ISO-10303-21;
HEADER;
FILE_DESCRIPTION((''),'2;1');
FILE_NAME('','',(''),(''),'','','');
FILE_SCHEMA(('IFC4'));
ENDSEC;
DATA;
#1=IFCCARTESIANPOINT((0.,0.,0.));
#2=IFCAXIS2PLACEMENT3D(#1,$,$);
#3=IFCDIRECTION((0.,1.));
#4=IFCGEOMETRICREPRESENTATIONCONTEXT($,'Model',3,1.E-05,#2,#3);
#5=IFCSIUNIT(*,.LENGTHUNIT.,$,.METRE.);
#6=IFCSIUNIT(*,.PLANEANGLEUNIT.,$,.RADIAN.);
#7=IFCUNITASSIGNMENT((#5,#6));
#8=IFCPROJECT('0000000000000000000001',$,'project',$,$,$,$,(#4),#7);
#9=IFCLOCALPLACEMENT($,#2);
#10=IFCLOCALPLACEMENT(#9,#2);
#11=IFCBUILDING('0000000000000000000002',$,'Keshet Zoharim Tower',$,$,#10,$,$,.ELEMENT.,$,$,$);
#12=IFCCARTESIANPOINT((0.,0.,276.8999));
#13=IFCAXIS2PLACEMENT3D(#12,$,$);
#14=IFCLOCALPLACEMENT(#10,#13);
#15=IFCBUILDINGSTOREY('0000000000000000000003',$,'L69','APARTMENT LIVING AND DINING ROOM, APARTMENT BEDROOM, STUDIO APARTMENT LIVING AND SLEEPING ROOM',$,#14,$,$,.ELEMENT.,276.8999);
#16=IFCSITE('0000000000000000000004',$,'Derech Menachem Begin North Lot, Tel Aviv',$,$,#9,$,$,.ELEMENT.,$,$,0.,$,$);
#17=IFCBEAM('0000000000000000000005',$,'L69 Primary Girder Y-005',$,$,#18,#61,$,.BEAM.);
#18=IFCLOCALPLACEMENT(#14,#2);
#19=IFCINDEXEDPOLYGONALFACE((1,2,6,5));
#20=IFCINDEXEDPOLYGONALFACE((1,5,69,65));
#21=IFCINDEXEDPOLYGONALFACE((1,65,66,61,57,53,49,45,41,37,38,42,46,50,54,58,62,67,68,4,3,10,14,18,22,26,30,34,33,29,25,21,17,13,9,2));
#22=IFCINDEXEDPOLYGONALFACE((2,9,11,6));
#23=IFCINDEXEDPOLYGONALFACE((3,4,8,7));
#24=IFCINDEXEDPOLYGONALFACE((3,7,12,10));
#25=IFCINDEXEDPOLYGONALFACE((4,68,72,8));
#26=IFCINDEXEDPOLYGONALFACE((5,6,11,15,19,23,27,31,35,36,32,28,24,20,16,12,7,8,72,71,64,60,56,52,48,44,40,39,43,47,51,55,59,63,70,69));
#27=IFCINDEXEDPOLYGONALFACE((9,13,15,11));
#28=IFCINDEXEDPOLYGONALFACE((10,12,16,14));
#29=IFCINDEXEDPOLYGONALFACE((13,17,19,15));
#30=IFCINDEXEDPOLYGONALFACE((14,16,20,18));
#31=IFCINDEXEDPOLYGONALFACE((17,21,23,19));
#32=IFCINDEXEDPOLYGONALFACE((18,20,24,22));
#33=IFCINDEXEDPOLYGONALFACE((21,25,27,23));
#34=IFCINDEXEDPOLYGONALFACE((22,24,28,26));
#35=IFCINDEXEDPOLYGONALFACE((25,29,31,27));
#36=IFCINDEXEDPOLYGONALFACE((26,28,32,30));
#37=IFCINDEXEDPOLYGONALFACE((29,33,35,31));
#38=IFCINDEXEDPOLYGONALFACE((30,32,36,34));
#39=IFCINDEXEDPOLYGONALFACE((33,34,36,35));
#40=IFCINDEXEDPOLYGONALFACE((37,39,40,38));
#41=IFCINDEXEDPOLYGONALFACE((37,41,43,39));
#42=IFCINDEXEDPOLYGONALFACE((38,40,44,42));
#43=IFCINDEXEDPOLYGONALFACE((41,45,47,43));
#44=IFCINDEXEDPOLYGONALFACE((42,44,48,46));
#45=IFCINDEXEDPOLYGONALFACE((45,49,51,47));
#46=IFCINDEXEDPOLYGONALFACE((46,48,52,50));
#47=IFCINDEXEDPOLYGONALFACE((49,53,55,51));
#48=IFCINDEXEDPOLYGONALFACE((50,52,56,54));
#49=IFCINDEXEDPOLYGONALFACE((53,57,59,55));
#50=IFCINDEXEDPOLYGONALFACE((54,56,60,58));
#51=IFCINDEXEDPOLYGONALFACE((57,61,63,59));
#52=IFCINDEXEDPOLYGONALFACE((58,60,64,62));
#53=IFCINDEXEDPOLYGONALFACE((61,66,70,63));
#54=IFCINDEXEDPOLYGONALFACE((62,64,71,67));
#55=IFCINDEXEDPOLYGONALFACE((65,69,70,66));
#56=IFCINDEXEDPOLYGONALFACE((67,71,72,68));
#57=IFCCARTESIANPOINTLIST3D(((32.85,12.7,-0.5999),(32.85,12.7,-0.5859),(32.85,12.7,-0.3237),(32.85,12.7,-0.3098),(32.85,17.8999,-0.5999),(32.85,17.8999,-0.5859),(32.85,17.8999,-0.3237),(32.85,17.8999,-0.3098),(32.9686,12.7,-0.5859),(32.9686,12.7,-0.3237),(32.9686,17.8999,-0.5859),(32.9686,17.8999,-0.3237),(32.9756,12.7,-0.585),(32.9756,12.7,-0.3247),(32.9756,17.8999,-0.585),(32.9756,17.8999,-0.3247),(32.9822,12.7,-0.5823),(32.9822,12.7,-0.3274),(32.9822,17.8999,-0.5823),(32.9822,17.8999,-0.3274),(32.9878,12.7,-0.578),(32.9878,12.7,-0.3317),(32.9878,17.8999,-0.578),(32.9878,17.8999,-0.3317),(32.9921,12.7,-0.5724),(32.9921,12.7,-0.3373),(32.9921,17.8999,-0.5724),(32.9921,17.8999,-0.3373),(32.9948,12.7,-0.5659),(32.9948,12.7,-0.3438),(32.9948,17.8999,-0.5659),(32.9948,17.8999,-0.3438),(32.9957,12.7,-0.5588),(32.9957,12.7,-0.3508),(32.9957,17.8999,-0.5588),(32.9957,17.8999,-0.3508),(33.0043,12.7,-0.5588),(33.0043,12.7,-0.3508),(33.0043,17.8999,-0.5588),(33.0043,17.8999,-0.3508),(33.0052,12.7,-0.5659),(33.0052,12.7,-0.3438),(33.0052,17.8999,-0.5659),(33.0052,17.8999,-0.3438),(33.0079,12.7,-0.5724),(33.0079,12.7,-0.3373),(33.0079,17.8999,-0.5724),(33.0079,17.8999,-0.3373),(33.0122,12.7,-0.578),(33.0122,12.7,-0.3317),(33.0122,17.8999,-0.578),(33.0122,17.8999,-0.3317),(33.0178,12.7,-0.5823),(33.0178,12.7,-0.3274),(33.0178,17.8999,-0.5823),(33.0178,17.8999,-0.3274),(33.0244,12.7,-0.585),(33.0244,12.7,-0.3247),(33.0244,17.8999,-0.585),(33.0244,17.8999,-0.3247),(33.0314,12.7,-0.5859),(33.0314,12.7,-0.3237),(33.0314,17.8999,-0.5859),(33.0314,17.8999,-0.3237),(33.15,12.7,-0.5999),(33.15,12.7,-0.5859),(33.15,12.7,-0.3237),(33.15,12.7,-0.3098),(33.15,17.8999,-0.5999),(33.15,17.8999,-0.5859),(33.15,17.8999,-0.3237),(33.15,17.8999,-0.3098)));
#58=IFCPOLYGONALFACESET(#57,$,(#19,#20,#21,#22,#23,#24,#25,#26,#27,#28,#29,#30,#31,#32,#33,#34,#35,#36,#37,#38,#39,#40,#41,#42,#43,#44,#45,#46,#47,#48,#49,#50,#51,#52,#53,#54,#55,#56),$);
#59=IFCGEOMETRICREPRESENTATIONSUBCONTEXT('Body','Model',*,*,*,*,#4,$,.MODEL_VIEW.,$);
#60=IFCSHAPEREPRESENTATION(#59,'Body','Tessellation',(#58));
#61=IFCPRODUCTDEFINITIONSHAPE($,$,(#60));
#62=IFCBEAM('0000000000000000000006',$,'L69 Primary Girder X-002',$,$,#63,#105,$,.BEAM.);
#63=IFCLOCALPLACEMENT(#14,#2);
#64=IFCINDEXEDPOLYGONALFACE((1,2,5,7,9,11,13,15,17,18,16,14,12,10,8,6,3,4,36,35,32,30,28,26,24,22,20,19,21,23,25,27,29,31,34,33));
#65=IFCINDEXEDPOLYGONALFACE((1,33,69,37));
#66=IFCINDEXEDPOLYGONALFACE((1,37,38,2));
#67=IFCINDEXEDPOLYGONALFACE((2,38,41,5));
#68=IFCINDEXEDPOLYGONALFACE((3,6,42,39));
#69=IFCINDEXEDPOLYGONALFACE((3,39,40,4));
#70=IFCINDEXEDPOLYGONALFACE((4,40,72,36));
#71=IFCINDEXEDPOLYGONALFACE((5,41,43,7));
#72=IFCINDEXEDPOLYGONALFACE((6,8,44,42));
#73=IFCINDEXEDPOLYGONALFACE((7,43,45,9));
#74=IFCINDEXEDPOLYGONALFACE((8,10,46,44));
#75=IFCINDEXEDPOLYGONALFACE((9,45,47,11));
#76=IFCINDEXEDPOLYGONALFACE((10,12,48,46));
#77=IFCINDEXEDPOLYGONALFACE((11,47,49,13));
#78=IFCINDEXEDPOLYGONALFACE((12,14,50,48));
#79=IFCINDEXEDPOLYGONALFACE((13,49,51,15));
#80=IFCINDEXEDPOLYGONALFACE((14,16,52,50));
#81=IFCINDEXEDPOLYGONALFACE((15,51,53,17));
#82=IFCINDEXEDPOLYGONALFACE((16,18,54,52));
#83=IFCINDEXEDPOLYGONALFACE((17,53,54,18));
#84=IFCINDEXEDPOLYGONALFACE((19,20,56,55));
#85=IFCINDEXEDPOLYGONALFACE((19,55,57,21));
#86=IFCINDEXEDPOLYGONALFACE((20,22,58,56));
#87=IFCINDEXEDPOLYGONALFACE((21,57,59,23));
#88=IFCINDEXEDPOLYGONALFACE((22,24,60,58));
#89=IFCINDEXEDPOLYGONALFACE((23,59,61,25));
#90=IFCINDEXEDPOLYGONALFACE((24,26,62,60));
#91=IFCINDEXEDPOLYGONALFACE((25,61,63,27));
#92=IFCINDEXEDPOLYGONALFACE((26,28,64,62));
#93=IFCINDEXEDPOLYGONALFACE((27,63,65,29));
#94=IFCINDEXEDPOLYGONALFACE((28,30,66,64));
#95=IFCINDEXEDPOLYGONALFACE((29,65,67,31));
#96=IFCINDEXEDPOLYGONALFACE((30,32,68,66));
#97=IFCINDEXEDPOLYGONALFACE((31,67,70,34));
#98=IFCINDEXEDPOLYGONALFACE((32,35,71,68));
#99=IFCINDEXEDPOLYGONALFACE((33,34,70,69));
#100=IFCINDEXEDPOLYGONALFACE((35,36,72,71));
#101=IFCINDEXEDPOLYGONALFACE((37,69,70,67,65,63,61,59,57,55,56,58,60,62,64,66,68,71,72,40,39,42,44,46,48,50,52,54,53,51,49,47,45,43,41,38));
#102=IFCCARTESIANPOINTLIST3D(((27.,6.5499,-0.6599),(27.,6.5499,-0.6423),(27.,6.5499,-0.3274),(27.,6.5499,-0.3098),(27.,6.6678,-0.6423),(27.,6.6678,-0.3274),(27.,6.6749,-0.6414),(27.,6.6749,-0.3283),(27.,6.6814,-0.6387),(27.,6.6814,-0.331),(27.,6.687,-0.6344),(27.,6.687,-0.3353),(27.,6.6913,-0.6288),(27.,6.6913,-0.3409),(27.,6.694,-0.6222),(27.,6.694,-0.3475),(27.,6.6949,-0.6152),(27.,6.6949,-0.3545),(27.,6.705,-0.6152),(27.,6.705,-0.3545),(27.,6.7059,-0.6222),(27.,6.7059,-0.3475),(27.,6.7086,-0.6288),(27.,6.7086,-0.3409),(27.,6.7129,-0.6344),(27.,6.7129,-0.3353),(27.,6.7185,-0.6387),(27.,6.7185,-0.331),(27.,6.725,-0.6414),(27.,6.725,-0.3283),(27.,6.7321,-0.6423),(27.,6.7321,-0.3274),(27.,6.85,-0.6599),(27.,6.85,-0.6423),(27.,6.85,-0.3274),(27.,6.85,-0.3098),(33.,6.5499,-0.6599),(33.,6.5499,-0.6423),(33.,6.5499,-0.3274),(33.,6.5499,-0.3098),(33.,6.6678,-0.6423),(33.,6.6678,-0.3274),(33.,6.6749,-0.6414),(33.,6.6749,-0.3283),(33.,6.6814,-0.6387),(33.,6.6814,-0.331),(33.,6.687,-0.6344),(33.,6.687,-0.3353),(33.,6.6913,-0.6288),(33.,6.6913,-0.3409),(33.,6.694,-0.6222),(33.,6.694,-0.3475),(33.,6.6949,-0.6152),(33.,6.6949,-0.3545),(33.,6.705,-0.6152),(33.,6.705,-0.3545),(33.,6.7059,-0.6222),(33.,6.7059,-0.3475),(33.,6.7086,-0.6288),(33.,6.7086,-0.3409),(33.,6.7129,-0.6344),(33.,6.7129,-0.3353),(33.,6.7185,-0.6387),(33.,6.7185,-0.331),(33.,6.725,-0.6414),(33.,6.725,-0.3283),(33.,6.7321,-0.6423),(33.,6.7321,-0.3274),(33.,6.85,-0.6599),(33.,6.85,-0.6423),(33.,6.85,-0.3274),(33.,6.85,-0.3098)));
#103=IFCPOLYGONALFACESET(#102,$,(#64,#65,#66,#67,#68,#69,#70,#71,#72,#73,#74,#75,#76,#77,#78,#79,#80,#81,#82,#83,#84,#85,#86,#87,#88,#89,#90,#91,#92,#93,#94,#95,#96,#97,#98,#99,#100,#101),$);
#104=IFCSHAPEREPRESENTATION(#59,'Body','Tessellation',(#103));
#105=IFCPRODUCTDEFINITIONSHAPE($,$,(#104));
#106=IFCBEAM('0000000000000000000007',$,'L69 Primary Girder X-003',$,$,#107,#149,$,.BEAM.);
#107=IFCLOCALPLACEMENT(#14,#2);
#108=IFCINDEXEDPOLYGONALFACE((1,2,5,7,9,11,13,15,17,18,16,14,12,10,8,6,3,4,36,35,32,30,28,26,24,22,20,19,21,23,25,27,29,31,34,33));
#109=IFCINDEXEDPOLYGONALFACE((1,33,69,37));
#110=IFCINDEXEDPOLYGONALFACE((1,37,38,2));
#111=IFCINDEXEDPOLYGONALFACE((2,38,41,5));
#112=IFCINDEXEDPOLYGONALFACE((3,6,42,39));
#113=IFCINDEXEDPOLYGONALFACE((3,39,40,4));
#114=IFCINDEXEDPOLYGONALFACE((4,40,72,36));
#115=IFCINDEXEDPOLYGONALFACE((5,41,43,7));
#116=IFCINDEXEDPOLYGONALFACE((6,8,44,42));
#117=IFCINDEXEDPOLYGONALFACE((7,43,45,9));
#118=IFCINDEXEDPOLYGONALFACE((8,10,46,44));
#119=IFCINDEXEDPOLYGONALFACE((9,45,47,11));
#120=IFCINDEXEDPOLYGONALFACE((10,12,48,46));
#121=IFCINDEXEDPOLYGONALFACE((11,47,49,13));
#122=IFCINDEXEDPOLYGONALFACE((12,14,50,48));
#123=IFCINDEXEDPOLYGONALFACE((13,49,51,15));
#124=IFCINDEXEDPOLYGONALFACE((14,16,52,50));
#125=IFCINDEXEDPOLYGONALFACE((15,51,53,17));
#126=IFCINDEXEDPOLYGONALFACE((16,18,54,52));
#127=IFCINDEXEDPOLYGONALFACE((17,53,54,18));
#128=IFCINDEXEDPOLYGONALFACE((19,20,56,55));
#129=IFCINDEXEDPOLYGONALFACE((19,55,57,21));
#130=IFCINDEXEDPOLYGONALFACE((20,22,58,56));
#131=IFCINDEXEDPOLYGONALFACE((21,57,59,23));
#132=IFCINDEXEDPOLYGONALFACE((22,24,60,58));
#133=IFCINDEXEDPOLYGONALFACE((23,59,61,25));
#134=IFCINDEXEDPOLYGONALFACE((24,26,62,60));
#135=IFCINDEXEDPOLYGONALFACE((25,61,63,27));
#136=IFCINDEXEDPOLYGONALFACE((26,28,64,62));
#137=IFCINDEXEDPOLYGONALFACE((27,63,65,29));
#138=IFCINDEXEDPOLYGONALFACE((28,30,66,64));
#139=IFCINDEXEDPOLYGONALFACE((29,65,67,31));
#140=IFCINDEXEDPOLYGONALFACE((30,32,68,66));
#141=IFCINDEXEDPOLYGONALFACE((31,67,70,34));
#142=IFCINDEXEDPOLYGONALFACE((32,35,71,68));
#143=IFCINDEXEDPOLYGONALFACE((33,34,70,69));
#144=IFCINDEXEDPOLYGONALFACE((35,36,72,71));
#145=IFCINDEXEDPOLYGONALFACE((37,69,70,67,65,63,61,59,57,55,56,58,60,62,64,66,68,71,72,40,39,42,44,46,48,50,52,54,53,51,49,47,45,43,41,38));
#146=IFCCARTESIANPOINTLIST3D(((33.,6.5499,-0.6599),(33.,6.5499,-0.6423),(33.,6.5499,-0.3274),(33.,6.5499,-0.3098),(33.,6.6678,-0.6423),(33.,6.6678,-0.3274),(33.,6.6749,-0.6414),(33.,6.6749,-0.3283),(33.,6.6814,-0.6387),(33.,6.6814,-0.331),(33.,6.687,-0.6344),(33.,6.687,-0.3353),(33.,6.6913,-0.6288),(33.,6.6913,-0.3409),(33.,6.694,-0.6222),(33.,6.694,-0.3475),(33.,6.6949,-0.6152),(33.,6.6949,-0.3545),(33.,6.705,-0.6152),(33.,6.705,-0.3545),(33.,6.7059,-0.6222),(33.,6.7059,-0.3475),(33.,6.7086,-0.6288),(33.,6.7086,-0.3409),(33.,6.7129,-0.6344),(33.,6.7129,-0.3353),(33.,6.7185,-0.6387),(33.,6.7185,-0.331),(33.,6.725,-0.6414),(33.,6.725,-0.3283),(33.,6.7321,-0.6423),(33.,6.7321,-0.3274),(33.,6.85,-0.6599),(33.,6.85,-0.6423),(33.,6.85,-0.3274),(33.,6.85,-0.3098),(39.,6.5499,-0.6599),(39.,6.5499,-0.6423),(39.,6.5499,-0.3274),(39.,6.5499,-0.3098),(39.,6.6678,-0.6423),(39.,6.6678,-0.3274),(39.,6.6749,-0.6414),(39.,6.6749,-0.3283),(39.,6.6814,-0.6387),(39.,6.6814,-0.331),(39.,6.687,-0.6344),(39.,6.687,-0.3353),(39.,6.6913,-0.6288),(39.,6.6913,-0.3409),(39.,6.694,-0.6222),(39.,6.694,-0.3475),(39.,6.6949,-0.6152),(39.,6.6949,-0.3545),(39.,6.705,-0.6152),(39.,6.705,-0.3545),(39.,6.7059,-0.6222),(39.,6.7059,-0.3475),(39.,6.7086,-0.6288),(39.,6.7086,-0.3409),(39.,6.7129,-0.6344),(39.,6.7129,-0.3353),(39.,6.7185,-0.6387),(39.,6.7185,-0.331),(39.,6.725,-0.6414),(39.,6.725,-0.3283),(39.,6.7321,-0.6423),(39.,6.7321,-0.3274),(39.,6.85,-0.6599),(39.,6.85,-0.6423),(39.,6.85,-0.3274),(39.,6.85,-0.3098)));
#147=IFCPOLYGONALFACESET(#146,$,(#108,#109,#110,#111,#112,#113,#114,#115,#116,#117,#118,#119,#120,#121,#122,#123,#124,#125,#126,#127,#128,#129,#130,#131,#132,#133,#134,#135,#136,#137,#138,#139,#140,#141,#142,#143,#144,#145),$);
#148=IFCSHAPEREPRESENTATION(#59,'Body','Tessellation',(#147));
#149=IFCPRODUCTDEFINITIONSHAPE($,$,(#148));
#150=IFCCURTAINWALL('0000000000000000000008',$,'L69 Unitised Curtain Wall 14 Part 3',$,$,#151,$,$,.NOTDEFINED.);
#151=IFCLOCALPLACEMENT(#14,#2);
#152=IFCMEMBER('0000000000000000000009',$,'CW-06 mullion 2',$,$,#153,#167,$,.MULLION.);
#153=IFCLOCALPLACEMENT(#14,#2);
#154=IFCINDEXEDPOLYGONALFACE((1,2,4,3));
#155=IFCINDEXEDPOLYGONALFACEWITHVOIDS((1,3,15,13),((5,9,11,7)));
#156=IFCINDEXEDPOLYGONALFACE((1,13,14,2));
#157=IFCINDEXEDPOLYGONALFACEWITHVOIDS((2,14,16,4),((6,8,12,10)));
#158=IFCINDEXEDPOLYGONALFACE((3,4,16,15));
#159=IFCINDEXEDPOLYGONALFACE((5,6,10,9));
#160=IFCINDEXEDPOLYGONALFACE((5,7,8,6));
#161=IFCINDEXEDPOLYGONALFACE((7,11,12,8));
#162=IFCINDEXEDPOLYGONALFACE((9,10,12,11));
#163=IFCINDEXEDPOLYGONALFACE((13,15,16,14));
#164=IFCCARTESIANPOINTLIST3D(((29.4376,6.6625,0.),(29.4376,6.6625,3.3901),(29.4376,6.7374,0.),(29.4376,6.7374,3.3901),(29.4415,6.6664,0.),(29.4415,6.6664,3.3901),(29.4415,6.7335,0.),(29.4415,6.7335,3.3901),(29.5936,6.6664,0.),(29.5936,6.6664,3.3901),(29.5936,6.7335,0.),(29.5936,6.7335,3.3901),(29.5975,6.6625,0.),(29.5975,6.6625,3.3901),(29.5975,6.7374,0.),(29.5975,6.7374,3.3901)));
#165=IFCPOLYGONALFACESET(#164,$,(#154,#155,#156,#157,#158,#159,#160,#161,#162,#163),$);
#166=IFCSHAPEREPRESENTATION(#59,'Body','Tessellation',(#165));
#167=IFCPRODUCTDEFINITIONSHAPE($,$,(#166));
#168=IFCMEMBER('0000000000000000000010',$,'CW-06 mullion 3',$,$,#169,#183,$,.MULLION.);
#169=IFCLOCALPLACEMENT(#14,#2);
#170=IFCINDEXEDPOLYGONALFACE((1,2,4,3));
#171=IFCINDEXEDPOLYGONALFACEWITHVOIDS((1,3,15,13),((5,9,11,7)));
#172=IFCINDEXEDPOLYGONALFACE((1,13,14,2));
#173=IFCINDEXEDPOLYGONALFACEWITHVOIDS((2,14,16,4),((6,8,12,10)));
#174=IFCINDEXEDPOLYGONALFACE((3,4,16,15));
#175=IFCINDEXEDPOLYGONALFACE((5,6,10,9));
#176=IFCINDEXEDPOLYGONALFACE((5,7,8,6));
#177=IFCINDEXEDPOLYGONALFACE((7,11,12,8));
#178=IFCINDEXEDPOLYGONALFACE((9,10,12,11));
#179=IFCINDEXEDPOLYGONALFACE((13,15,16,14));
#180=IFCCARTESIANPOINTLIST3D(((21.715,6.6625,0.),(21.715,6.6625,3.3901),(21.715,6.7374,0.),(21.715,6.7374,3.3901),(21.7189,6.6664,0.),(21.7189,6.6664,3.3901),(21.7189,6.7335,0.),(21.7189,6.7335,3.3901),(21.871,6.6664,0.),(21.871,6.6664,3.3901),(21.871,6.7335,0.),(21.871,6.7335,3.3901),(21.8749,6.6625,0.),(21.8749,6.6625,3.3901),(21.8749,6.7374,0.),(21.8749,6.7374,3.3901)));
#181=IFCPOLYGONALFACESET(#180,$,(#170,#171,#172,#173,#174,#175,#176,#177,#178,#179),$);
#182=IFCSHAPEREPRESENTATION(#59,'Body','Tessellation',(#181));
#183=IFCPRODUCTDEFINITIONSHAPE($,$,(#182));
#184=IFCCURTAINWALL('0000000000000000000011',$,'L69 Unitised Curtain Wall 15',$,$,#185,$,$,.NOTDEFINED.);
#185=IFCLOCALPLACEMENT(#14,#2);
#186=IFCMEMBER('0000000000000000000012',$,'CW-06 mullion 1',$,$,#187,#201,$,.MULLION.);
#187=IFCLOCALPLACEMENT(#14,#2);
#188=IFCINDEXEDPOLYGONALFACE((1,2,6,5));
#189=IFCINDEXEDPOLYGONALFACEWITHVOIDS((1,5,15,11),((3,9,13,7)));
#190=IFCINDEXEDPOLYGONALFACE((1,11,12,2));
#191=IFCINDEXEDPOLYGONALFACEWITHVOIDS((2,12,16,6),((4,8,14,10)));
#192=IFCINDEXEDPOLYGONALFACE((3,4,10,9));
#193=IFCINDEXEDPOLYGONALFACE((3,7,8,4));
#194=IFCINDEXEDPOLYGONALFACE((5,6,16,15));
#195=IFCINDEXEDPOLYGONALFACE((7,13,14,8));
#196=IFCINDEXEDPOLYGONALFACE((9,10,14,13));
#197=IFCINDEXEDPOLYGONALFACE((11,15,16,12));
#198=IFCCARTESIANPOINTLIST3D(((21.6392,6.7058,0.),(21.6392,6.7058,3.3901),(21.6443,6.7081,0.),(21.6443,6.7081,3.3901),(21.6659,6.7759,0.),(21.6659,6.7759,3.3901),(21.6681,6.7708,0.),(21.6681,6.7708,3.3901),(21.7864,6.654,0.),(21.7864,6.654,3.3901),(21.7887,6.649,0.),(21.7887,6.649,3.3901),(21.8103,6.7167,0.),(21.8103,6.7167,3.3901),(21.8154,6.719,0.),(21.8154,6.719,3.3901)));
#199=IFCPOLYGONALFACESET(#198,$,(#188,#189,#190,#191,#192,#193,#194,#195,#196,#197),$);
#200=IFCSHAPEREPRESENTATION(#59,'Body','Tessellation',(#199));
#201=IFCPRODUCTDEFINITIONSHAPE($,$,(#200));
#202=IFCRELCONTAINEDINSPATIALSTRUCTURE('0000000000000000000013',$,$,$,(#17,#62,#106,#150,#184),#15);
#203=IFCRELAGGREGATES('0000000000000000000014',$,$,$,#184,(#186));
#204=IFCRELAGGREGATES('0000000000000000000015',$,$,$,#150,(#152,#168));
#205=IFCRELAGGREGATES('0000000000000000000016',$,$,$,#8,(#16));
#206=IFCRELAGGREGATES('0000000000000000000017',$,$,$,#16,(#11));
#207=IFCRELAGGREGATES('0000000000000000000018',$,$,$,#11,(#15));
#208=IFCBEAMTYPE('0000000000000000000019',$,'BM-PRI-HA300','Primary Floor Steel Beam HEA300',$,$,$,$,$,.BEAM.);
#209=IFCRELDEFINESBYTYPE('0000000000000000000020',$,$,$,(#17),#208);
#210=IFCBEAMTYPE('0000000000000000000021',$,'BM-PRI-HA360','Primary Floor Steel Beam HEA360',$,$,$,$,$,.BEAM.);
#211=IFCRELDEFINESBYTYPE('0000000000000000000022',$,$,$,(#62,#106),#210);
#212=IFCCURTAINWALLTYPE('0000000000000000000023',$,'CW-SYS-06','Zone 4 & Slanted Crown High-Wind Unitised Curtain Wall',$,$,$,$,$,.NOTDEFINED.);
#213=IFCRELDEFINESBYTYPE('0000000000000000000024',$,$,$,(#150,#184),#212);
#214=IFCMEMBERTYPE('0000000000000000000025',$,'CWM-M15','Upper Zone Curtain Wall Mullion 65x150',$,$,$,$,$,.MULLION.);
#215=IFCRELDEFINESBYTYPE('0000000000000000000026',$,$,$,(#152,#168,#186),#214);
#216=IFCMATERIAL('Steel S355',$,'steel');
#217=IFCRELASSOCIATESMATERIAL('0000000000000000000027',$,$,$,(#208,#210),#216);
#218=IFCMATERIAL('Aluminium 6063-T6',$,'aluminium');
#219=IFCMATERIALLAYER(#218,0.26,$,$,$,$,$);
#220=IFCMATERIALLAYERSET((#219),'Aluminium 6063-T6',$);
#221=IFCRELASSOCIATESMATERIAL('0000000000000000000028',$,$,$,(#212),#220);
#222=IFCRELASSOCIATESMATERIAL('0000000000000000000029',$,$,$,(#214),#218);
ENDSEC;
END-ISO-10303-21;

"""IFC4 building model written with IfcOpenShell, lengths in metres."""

from ifc_helpers import new_model, si_unit, direction, frame, origin, origin_2d, place, context, subcontext, project, spatial, hollow_rectangle, i_section, extrude, material, layer, layer_set, material_profile, profile_set, type_object, element, aggregate, save


model = new_model("IFC4")

# Units and contexts
model_context = context("Model", 3, precision=1e-05, world=origin(), true_north=direction((0.0, 1.0)))
body_context = subcontext(model_context, "Body", "Model", "MODEL_VIEW")
ifc_project = project(units=[si_unit("LENGTHUNIT", "METRE"), si_unit("PLANEANGLEUNIT", "RADIAN")], contexts=[model_context])

# Site, building, storey
site_placement = place(None, origin())
site = spatial("IfcSite", under=ifc_project, at=site_placement, Name="Derech Menachem Begin North Lot, Tel Aviv", CompositionType="ELEMENT", RefElevation=0.0)
building_placement = place(site_placement, origin())
building = spatial("IfcBuilding", under=site, at=building_placement, Name="Keshet Zoharim Tower", CompositionType="ELEMENT")
storey_placement = place(building_placement, frame((0.0, 0.0, 276.8999)))
storey = spatial("IfcBuildingStorey", under=building, at=storey_placement, Name="L69", Description="APARTMENT LIVING AND DINING ROOM, APARTMENT BEDROOM, STUDIO APARTMENT LIVING AND SLEEPING ROOM", CompositionType="ELEMENT", Elevation=276.8999)

# Shared definitions
ifc_material_1 = material(Name="Steel S355", Category="steel")

# Beams
ifc_material_profile_1 = material_profile(ifc_material_1, i_section(OverallWidth=0.3, OverallDepth=0.29, WebThickness=0.0085, FlangeThickness=0.0139, FilletRadius=0.0271, at=origin_2d()), Name="HEA300")
ifc_profile_set_1 = profile_set([ifc_material_profile_1], Name="Steel S355")
beam_type_1 = type_object("IfcBeamType", Name="BM-PRI-HA300", Description="Primary Floor Steel Beam HEA300", PredefinedType="BEAM", material=ifc_profile_set_1)
beam_1_placement = place(storey_placement, frame((33.0, 12.7, -0.4548), z_axis=(0.0, 1.0, 0.0), x_axis=(-1.0, 0.0, 0.0)))
element("IfcBeam", 1, at=beam_1_placement, inside=storey, type_object=beam_type_1, Name="L69 Primary Girder Y-005", PredefinedType="BEAM", context=body_context, shape_type="SweptSolid", body=[
    extrude(i_section(OverallWidth=0.3, OverallDepth=0.29, WebThickness=0.0085, FlangeThickness=0.0139, FilletRadius=0.0271, at=origin_2d()), origin(), (0.0, 0.0, 1.0), 5.2),
])
ifc_material_profile_2 = material_profile(ifc_material_1, i_section(OverallWidth=0.3, OverallDepth=0.3501, WebThickness=0.01, FlangeThickness=0.0176, FilletRadius=0.0271, at=origin_2d()), Name="HEA360")
ifc_profile_set_2 = profile_set([ifc_material_profile_2], Name="Steel S355")
beam_type_2 = type_object("IfcBeamType", Name="BM-PRI-HA360", Description="Primary Floor Steel Beam HEA360", PredefinedType="BEAM", material=ifc_profile_set_2)
for number, where, z_axis, x_axis, name in (
    (2, (27.0, 6.7, -0.4849), (1.0, 0.0, 0.0), (0.0, 1.0, 0.0), "L69 Primary Girder X-002"),
    (3, (33.0, 6.7, -0.4849), (1.0, 0.0, 0.0), (0.0, 1.0, 0.0), "L69 Primary Girder X-003"),
):
    element("IfcBeam", number, at=place(storey_placement, frame(where, z_axis=z_axis, x_axis=x_axis)), inside=storey, type_object=beam_type_2, Name=name, PredefinedType="BEAM", context=body_context, shape_type="SweptSolid", body=[
        extrude(i_section(OverallWidth=0.3, OverallDepth=0.3501, WebThickness=0.01, FlangeThickness=0.0176, FilletRadius=0.0271, at=origin_2d()), origin(), (0.0, 0.0, 1.0), 6.0),
    ])

# Curtain wall, members
ifc_material_2 = material(Name="Aluminium 6063-T6", Category="aluminium")
ifc_layer_1 = layer(ifc_material_2, 0.26)
ifc_layer_set_1 = layer_set([ifc_layer_1], Name="Aluminium 6063-T6")
curtain_wall_type = type_object("IfcCurtainWallType", Name="CW-SYS-06", Description="Zone 4 & Slanted Crown High-Wind Unitised Curtain Wall", PredefinedType="NOTDEFINED", material=ifc_layer_set_1)
curtain_wall_1_placement = place(storey_placement, origin())
curtain_wall_1 = element("IfcCurtainWall", 4, at=curtain_wall_1_placement, inside=storey, type_object=curtain_wall_type, Name="L69 Unitised Curtain Wall 14 Part 3", PredefinedType="NOTDEFINED")
ifc_material_profile_3 = material_profile(ifc_material_2, hollow_rectangle(XDim=0.075, YDim=0.1599, WallThickness=0.0039, at=origin_2d()), Name="MUL-75x160")
ifc_profile_set_3 = profile_set([ifc_material_profile_3], Name="Aluminium 6063-T6")
member_type_1 = type_object("IfcMemberType", Name="CWM-M15", Description="Upper Zone Curtain Wall Mullion 65x150", PredefinedType="MULLION", material=ifc_profile_set_3)
member_1_placement = place(storey_placement, frame((29.5176, 6.7, 0.0), z_axis=(0.0, 0.0, 1.0), x_axis=(0.0, -1.0, 0.0)))
member_1 = element("IfcMember", 5, at=member_1_placement, type_object=member_type_1, Name="CW-06 mullion 2", PredefinedType="MULLION", context=body_context, shape_type="SweptSolid", body=[
    extrude(hollow_rectangle(XDim=0.075, YDim=0.1599, WallThickness=0.0039, at=origin_2d()), origin(), (0.0, 0.0, 1.0), 3.3901),
])
member_2_placement = place(storey_placement, frame((21.7949, 6.7, 0.0), z_axis=(0.0, 0.0, 1.0), x_axis=(0.0, -1.0, 0.0)))
member_2 = element("IfcMember", 6, at=member_2_placement, type_object=member_type_1, Name="CW-06 mullion 3", PredefinedType="MULLION", context=body_context, shape_type="SweptSolid", body=[
    extrude(hollow_rectangle(XDim=0.075, YDim=0.1599, WallThickness=0.0039, at=origin_2d()), origin(), (0.0, 0.0, 1.0), 3.3901),
])

# Curtain wall, member
curtain_wall_2_placement = place(storey_placement, origin())
curtain_wall_2 = element("IfcCurtainWall", 7, at=curtain_wall_2_placement, inside=storey, type_object=curtain_wall_type, Name="L69 Unitised Curtain Wall 15", PredefinedType="NOTDEFINED")
member_3_placement = place(storey_placement, frame((21.7273, 6.7124, 0.0), z_axis=(0.0, 0.0, 1.0), x_axis=(-0.355439, -0.934699, 0.0)))
member_3 = element("IfcMember", 8, at=member_3_placement, type_object=member_type_1, Name="CW-06 mullion 1", PredefinedType="MULLION", context=body_context, shape_type="SweptSolid", body=[
    extrude(hollow_rectangle(XDim=0.075, YDim=0.1599, WallThickness=0.0039, at=origin_2d()), origin(), (0.0, 0.0, 1.0), 3.3901),
])

aggregate(curtain_wall_2, [member_3])

aggregate(curtain_wall_1, [member_1, member_2])

save(model, "model.ifc")
